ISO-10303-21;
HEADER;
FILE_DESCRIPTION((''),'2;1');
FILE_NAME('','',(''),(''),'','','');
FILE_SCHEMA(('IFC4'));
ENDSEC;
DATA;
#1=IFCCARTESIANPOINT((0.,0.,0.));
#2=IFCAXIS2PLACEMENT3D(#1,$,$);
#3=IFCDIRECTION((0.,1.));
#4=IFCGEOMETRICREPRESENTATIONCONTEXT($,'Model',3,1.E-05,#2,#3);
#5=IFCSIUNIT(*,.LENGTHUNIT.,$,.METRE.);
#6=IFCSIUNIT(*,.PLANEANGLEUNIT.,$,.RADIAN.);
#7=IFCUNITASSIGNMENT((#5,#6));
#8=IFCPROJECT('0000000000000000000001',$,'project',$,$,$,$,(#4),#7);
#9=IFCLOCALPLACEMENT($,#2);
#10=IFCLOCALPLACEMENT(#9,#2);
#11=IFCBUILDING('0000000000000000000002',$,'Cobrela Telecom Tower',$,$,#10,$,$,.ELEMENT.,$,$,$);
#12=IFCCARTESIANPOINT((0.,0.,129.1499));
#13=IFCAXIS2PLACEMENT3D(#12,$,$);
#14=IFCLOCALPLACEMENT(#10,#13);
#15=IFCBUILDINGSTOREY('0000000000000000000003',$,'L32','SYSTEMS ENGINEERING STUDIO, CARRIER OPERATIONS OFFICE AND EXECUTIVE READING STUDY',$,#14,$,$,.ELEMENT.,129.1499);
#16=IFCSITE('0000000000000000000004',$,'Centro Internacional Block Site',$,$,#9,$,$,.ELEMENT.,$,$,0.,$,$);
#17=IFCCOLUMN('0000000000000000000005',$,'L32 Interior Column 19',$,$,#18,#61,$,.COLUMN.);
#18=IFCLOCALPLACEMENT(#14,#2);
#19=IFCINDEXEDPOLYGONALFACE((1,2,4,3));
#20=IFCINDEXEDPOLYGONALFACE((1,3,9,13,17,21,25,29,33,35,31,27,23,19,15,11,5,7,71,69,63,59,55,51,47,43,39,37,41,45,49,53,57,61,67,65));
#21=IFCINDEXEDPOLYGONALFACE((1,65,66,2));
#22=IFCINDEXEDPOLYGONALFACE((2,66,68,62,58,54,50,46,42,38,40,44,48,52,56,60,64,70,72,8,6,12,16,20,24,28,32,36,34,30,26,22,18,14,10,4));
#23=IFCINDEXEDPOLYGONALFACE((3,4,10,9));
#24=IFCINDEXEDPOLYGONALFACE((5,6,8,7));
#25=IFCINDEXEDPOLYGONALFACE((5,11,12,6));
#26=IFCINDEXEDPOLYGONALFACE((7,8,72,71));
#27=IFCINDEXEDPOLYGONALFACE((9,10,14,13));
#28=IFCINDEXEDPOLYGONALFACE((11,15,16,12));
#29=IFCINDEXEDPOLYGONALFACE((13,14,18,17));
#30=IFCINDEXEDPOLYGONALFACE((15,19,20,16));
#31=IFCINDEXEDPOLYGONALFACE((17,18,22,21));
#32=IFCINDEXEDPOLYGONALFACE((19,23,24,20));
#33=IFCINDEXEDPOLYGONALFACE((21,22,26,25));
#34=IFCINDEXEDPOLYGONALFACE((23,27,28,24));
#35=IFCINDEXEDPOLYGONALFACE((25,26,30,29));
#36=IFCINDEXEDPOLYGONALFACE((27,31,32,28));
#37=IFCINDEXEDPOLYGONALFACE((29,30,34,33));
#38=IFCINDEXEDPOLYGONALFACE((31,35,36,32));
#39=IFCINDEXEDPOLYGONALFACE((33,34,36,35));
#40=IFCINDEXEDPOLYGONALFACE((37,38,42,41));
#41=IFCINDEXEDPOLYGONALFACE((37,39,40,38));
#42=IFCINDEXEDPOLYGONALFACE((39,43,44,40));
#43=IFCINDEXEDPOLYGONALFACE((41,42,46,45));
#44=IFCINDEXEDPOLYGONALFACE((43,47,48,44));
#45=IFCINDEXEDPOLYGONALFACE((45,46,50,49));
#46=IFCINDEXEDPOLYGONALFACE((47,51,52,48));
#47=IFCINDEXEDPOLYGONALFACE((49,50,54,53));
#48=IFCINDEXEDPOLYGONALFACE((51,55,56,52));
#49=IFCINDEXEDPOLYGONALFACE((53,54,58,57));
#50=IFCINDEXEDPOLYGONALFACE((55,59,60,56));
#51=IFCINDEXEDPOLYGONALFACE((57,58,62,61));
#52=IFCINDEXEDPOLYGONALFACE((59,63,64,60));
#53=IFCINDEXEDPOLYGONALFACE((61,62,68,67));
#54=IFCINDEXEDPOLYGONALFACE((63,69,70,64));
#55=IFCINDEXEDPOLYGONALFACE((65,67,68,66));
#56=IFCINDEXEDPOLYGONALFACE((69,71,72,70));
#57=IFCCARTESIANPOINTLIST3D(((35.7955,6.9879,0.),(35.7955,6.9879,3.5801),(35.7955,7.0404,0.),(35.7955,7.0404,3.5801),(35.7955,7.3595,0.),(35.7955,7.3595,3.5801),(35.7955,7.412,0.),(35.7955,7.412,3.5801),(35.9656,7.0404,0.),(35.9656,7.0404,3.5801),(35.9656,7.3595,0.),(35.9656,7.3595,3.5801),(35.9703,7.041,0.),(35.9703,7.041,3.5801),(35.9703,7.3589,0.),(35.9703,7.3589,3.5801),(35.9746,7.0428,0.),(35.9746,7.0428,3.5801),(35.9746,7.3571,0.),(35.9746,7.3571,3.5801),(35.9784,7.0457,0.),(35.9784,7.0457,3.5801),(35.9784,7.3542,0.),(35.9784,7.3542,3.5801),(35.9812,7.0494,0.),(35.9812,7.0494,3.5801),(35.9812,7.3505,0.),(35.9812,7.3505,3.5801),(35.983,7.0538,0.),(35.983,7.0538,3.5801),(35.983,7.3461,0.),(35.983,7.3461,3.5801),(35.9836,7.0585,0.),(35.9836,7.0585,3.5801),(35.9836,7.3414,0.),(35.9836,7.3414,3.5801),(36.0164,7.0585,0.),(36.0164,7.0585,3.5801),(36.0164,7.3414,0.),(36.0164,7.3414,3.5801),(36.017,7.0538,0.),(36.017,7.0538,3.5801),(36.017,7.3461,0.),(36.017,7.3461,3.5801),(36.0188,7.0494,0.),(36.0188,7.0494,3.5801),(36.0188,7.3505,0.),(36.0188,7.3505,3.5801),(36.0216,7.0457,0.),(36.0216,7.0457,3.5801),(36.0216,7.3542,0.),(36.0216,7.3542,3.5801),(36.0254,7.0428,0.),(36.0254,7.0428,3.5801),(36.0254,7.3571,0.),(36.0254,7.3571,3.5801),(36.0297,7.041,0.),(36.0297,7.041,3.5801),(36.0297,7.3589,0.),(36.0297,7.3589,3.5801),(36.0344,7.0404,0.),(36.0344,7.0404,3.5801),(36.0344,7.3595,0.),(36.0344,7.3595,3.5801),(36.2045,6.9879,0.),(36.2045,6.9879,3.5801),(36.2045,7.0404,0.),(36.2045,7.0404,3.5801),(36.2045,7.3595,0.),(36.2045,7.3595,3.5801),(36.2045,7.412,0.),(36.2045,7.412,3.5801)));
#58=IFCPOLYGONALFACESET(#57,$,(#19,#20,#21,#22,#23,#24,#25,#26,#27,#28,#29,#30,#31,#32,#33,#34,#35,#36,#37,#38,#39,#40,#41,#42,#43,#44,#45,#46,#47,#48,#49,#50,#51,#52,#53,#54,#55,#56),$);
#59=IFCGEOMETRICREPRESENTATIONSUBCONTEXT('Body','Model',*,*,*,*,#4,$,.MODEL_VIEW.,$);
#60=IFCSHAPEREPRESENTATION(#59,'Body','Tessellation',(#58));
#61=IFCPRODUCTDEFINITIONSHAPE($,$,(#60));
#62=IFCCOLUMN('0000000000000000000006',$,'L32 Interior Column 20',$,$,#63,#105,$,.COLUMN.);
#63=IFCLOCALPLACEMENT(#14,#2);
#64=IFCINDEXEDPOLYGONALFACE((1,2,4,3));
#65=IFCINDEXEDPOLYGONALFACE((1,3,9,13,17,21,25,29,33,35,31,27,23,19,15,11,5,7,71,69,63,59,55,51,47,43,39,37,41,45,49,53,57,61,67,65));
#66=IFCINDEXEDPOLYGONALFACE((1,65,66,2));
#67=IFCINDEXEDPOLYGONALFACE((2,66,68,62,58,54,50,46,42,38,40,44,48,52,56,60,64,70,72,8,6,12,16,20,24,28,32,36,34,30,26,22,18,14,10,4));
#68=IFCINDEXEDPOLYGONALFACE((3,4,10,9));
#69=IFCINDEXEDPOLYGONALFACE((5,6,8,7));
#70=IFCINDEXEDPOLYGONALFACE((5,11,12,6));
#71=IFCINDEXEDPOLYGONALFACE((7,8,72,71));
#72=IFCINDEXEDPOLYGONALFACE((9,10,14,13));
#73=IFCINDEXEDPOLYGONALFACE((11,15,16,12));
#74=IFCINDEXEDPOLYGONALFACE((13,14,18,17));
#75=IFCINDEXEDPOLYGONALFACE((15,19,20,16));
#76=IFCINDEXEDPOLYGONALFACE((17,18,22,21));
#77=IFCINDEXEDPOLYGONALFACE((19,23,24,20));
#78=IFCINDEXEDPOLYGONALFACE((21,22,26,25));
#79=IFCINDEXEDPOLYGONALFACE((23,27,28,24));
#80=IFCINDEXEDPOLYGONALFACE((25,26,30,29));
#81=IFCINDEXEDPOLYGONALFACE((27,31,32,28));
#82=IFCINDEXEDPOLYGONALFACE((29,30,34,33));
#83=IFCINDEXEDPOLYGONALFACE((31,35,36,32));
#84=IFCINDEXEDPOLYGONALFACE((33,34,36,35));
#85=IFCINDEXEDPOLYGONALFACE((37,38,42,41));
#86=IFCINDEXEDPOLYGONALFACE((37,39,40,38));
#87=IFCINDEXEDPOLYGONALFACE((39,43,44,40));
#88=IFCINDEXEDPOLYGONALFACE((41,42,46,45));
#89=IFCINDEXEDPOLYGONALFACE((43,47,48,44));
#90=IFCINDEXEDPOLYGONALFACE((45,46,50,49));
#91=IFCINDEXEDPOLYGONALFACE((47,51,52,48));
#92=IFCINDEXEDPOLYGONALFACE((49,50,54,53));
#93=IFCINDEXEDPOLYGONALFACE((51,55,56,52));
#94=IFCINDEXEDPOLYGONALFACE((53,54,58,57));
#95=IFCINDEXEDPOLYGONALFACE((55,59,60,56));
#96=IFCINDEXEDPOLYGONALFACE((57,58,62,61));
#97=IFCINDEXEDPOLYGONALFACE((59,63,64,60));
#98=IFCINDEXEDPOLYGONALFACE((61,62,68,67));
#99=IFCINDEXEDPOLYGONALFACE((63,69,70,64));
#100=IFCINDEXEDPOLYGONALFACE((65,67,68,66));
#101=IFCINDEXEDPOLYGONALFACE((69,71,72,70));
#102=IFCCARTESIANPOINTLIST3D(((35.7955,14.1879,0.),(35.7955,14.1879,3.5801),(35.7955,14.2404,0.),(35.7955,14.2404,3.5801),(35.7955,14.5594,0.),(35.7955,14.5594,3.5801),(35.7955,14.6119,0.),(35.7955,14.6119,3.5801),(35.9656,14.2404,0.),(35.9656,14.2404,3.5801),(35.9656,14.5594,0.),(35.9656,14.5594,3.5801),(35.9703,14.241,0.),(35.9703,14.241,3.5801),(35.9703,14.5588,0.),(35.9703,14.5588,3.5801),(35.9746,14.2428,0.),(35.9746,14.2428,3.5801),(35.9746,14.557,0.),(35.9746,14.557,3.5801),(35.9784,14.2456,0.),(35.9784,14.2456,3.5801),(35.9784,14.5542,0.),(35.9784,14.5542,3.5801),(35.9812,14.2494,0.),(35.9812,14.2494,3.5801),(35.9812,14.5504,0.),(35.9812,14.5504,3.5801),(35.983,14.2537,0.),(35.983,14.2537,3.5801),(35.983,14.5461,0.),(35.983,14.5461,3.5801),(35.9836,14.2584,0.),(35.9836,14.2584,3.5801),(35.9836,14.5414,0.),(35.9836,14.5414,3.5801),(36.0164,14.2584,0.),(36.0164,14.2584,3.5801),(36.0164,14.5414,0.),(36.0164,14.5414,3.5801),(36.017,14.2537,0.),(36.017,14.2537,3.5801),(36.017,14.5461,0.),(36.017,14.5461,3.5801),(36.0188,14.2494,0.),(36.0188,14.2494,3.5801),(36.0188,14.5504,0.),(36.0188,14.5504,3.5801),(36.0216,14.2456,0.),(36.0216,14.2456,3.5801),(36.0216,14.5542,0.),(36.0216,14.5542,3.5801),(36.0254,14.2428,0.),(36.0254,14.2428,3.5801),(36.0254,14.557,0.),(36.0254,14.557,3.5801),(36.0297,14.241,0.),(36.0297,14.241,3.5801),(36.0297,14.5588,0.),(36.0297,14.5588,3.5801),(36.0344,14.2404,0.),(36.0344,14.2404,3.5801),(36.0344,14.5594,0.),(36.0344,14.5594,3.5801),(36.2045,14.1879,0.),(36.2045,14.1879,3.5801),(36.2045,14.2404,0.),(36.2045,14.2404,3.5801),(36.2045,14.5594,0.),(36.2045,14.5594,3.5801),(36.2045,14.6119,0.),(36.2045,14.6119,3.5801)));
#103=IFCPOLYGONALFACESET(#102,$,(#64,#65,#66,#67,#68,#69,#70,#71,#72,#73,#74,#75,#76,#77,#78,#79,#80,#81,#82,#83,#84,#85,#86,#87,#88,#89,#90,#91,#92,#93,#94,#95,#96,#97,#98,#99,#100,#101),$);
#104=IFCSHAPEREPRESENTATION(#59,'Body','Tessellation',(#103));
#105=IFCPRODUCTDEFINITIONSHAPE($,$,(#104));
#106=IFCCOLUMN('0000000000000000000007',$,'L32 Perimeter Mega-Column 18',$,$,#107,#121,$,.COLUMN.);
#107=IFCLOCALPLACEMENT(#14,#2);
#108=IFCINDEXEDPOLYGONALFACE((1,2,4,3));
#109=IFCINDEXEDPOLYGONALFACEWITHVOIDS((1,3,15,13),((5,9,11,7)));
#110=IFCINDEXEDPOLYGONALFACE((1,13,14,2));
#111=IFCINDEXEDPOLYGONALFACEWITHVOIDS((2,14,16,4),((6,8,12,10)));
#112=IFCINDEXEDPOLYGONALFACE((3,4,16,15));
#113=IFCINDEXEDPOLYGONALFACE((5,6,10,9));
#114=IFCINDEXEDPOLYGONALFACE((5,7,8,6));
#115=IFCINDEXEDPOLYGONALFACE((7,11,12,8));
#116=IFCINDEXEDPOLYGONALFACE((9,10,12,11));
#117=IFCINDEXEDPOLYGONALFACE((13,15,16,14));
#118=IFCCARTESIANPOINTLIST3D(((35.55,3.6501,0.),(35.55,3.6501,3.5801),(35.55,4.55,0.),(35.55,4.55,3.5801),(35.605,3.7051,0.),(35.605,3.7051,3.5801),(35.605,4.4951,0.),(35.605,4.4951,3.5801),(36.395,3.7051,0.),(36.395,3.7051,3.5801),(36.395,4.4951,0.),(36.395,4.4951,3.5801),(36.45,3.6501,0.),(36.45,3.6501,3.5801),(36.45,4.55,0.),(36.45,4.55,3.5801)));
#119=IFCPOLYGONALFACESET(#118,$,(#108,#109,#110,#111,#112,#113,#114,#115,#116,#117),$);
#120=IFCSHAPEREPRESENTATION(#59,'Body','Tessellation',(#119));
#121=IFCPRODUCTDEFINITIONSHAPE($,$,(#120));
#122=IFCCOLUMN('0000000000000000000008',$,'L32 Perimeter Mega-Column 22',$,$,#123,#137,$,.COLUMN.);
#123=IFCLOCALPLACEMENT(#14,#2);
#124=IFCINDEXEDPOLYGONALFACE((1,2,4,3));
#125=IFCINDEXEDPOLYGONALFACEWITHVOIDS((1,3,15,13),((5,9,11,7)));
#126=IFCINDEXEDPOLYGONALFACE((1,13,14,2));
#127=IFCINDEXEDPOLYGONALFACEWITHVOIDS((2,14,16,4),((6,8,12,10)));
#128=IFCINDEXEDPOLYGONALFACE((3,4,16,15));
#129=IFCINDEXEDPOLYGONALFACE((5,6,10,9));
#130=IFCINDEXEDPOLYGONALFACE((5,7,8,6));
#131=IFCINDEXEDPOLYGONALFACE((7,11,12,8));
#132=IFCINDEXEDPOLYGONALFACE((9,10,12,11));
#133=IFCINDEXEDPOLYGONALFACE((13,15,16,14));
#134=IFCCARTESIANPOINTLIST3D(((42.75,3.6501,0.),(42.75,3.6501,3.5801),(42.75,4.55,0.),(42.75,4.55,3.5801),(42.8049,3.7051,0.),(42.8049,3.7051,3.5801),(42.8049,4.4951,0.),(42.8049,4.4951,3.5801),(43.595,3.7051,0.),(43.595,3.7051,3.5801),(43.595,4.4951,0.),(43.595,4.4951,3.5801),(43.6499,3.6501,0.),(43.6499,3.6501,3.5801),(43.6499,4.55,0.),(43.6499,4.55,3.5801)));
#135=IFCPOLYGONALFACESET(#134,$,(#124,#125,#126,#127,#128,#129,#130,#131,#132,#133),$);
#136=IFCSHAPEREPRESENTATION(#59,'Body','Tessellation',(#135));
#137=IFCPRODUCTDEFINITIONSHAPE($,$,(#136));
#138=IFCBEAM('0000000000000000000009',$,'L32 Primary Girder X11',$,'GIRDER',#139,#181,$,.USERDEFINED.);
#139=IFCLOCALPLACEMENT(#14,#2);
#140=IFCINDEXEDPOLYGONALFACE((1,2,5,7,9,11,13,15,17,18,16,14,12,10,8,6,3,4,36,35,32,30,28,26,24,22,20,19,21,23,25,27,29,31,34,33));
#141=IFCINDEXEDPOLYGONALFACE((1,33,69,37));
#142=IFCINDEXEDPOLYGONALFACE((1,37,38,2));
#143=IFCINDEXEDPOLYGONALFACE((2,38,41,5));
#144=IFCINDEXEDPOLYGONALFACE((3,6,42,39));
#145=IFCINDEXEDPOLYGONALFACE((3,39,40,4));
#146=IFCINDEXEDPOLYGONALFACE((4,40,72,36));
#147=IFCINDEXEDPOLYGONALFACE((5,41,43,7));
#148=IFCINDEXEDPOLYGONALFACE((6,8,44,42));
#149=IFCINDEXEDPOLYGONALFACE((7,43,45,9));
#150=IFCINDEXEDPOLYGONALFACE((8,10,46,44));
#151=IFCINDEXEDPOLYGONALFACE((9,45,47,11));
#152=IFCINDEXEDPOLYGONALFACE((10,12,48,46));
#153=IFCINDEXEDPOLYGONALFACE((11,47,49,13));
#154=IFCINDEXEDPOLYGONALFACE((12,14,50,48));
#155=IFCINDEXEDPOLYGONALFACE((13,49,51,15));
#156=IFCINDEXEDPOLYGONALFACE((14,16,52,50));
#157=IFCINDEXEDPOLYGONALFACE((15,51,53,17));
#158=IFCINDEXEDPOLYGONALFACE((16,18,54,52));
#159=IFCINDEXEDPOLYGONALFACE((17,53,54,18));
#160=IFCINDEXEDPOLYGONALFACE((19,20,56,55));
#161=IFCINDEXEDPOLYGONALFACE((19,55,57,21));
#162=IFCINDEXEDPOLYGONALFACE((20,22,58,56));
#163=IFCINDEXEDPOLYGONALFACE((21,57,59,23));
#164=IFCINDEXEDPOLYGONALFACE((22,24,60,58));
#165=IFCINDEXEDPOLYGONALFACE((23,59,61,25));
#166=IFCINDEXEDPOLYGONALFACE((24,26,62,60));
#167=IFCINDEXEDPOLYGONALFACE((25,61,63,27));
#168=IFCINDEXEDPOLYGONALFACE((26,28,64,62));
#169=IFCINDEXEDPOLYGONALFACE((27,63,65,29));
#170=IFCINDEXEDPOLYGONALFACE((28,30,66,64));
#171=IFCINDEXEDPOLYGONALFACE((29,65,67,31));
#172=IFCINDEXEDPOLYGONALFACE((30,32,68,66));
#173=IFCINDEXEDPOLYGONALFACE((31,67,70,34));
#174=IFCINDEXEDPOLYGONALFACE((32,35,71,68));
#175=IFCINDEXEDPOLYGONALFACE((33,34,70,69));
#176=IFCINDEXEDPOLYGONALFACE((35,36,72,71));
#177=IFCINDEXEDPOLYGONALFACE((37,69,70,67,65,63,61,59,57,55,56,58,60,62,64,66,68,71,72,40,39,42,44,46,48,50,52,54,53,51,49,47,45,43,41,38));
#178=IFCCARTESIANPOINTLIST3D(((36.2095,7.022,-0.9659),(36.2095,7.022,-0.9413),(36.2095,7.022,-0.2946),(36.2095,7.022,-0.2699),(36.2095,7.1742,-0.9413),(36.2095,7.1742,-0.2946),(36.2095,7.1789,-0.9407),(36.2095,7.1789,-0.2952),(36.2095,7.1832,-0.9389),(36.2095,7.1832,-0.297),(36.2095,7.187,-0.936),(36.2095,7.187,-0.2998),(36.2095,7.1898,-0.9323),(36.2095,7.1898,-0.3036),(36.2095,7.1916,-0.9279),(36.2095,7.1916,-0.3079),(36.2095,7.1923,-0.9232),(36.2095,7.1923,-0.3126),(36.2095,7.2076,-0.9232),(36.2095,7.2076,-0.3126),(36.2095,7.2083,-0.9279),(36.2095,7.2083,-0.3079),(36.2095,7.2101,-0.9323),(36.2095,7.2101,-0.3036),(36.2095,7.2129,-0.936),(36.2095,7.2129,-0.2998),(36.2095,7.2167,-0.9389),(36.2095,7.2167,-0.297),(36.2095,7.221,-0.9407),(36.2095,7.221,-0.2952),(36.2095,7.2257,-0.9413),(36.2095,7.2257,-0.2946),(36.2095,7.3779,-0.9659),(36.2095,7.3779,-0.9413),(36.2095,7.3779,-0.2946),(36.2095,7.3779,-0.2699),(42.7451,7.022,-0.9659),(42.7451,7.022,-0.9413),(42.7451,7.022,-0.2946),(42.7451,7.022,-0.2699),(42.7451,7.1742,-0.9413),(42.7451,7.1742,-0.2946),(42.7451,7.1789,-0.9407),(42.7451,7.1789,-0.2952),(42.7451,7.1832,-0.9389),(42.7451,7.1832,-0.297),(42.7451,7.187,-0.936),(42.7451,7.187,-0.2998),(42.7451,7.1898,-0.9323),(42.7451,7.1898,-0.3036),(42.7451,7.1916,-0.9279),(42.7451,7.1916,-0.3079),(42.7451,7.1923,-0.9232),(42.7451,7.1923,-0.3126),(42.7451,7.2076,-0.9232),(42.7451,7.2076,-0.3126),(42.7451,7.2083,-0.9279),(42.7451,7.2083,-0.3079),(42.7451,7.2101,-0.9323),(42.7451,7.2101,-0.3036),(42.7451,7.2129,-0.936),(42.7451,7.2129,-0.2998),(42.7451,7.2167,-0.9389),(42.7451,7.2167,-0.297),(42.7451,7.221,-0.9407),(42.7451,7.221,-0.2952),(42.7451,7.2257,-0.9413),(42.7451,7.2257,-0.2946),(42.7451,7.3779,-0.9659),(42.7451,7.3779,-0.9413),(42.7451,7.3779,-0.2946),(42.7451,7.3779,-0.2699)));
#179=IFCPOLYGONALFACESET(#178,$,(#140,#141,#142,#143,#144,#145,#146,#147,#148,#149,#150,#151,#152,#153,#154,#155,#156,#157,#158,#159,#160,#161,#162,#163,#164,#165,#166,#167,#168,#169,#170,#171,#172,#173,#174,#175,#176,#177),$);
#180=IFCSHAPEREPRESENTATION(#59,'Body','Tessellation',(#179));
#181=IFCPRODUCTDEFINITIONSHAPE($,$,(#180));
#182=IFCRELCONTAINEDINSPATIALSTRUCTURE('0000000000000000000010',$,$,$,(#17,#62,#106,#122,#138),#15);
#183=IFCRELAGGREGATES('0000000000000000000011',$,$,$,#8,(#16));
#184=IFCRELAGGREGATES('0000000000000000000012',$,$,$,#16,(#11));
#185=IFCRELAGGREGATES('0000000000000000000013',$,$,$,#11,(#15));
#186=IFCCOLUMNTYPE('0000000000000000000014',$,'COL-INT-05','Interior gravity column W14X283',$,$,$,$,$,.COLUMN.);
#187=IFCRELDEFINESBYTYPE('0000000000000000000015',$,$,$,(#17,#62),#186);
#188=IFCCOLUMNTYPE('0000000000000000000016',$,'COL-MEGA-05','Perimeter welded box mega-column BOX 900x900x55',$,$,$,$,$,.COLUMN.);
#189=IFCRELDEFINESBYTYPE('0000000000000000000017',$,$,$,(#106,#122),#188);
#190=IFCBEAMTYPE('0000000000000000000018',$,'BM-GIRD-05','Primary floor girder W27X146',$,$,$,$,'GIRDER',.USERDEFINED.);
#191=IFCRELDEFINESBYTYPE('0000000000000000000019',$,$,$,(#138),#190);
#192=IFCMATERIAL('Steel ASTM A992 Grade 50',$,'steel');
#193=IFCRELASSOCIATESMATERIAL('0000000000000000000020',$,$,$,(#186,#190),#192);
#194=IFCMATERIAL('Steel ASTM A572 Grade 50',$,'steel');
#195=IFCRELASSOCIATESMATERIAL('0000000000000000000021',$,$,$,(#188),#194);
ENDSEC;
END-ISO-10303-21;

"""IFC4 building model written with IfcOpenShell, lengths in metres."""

from ifc_helpers import new_model, si_unit, direction, frame, origin, origin_2d, place, context, subcontext, project, spatial, hollow_rectangle, i_section, extrude, material, material_profile, profile_set, type_object, element, save


model = new_model("IFC4")

# Units and contexts
model_context = context("Model", 3, precision=1e-05, world=origin(), true_north=direction((0.0, 1.0)))
body_context = subcontext(model_context, "Body", "Model", "MODEL_VIEW")
ifc_project = project(units=[si_unit("LENGTHUNIT", "METRE"), si_unit("PLANEANGLEUNIT", "RADIAN")], contexts=[model_context])

# Site, building, storey
site_placement = place(None, origin())
site = spatial("IfcSite", under=ifc_project, at=site_placement, Name="Centro Internacional Block Site", CompositionType="ELEMENT", RefElevation=0.0)
building_placement = place(site_placement, origin())
building = spatial("IfcBuilding", under=site, at=building_placement, Name="Cobrela Telecom Tower", CompositionType="ELEMENT")
storey_placement = place(building_placement, frame((0.0, 0.0, 129.1499)))
storey = spatial("IfcBuildingStorey", under=building, at=storey_placement, Name="L32", Description="SYSTEMS ENGINEERING STUDIO, CARRIER OPERATIONS OFFICE AND EXECUTIVE READING STUDY", CompositionType="ELEMENT", Elevation=129.1499)

# Columns
ifc_material_1 = material(Name="Steel ASTM A992 Grade 50", Category="steel")
ifc_material_profile_1 = material_profile(ifc_material_1, i_section(OverallWidth=0.4089, OverallDepth=0.4241, WebThickness=0.0327, FlangeThickness=0.0525, FilletRadius=0.0181, at=origin_2d()), Name="W14X283")
ifc_profile_set_1 = profile_set([ifc_material_profile_1], Name="Steel ASTM A992 Grade 50")
column_type_1 = type_object("IfcColumnType", Name="COL-INT-05", Description="Interior gravity column W14X283", PredefinedType="COLUMN", material=ifc_profile_set_1)
for number, where, z_axis, x_axis, name in (
    (1, (36.0, 7.2, 0.0), (0.0, 0.0, 1.0), (1.0, 0.0, 0.0), "L32 Interior Column 19"),
    (2, (36.0, 14.3999, 0.0), (0.0, 0.0, 1.0), (1.0, 0.0, 0.0), "L32 Interior Column 20"),
):
    element("IfcColumn", number, at=place(storey_placement, frame(where, z_axis=z_axis, x_axis=x_axis)), inside=storey, type_object=column_type_1, Name=name, PredefinedType="COLUMN", context=body_context, shape_type="SweptSolid", body=[
        extrude(i_section(OverallWidth=0.4089, OverallDepth=0.4241, WebThickness=0.0327, FlangeThickness=0.0525, FilletRadius=0.0181, at=origin_2d()), origin(), (0.0, 0.0, 1.0), 3.5801),
    ])
ifc_material_2 = material(Name="Steel ASTM A572 Grade 50", Category="steel")
ifc_material_profile_2 = material_profile(ifc_material_2, hollow_rectangle(XDim=0.8999, YDim=0.8999, WallThickness=0.0549, at=origin_2d()), Name="BOX 900x900x55")
ifc_profile_set_2 = profile_set([ifc_material_profile_2], Name="Steel ASTM A572 Grade 50")
column_type_2 = type_object("IfcColumnType", Name="COL-MEGA-05", Description="Perimeter welded box mega-column BOX 900x900x55", PredefinedType="COLUMN", material=ifc_profile_set_2)
for number, where, z_axis, x_axis, name in (
    (3, (36.0, 4.1001, 0.0), (0.0, 0.0, 1.0), (1.0, 0.0, 0.0), "L32 Perimeter Mega-Column 18"),
    (4, (43.2, 4.1001, 0.0), (0.0, 0.0, 1.0), (1.0, 0.0, 0.0), "L32 Perimeter Mega-Column 22"),
):
    element("IfcColumn", number, at=place(storey_placement, frame(where, z_axis=z_axis, x_axis=x_axis)), inside=storey, type_object=column_type_2, Name=name, PredefinedType="COLUMN", context=body_context, shape_type="SweptSolid", body=[
        extrude(hollow_rectangle(XDim=0.8999, YDim=0.8999, WallThickness=0.0549, at=origin_2d()), origin(), (0.0, 0.0, 1.0), 3.5801),
    ])

# Beam
ifc_material_profile_3 = material_profile(ifc_material_1, i_section(OverallWidth=0.356, OverallDepth=0.696, WebThickness=0.0154, FlangeThickness=0.0247, FilletRadius=0.0181, at=origin_2d()), Name="W27X146")
ifc_profile_set_3 = profile_set([ifc_material_profile_3], Name="Steel ASTM A992 Grade 50")
beam_type_1 = type_object("IfcBeamType", Name="BM-GIRD-05", Description="Primary floor girder W27X146", ElementType="GIRDER", PredefinedType="USERDEFINED", material=ifc_profile_set_3)
beam_1_placement = place(storey_placement, frame((36.2095, 7.2, -0.6179), z_axis=(1.0, 0.0, 0.0), x_axis=(0.0, 1.0, 0.0)))
element("IfcBeam", 5, at=beam_1_placement, inside=storey, type_object=beam_type_1, Name="L32 Primary Girder X11", ObjectType="GIRDER", PredefinedType="USERDEFINED", context=body_context, shape_type="SweptSolid", body=[
    extrude(i_section(OverallWidth=0.356, OverallDepth=0.696, WebThickness=0.0154, FlangeThickness=0.0247, FilletRadius=0.0181, at=origin_2d()), origin(), (0.0, 0.0, 1.0), 6.5356),
])

save(model, "model.ifc")
